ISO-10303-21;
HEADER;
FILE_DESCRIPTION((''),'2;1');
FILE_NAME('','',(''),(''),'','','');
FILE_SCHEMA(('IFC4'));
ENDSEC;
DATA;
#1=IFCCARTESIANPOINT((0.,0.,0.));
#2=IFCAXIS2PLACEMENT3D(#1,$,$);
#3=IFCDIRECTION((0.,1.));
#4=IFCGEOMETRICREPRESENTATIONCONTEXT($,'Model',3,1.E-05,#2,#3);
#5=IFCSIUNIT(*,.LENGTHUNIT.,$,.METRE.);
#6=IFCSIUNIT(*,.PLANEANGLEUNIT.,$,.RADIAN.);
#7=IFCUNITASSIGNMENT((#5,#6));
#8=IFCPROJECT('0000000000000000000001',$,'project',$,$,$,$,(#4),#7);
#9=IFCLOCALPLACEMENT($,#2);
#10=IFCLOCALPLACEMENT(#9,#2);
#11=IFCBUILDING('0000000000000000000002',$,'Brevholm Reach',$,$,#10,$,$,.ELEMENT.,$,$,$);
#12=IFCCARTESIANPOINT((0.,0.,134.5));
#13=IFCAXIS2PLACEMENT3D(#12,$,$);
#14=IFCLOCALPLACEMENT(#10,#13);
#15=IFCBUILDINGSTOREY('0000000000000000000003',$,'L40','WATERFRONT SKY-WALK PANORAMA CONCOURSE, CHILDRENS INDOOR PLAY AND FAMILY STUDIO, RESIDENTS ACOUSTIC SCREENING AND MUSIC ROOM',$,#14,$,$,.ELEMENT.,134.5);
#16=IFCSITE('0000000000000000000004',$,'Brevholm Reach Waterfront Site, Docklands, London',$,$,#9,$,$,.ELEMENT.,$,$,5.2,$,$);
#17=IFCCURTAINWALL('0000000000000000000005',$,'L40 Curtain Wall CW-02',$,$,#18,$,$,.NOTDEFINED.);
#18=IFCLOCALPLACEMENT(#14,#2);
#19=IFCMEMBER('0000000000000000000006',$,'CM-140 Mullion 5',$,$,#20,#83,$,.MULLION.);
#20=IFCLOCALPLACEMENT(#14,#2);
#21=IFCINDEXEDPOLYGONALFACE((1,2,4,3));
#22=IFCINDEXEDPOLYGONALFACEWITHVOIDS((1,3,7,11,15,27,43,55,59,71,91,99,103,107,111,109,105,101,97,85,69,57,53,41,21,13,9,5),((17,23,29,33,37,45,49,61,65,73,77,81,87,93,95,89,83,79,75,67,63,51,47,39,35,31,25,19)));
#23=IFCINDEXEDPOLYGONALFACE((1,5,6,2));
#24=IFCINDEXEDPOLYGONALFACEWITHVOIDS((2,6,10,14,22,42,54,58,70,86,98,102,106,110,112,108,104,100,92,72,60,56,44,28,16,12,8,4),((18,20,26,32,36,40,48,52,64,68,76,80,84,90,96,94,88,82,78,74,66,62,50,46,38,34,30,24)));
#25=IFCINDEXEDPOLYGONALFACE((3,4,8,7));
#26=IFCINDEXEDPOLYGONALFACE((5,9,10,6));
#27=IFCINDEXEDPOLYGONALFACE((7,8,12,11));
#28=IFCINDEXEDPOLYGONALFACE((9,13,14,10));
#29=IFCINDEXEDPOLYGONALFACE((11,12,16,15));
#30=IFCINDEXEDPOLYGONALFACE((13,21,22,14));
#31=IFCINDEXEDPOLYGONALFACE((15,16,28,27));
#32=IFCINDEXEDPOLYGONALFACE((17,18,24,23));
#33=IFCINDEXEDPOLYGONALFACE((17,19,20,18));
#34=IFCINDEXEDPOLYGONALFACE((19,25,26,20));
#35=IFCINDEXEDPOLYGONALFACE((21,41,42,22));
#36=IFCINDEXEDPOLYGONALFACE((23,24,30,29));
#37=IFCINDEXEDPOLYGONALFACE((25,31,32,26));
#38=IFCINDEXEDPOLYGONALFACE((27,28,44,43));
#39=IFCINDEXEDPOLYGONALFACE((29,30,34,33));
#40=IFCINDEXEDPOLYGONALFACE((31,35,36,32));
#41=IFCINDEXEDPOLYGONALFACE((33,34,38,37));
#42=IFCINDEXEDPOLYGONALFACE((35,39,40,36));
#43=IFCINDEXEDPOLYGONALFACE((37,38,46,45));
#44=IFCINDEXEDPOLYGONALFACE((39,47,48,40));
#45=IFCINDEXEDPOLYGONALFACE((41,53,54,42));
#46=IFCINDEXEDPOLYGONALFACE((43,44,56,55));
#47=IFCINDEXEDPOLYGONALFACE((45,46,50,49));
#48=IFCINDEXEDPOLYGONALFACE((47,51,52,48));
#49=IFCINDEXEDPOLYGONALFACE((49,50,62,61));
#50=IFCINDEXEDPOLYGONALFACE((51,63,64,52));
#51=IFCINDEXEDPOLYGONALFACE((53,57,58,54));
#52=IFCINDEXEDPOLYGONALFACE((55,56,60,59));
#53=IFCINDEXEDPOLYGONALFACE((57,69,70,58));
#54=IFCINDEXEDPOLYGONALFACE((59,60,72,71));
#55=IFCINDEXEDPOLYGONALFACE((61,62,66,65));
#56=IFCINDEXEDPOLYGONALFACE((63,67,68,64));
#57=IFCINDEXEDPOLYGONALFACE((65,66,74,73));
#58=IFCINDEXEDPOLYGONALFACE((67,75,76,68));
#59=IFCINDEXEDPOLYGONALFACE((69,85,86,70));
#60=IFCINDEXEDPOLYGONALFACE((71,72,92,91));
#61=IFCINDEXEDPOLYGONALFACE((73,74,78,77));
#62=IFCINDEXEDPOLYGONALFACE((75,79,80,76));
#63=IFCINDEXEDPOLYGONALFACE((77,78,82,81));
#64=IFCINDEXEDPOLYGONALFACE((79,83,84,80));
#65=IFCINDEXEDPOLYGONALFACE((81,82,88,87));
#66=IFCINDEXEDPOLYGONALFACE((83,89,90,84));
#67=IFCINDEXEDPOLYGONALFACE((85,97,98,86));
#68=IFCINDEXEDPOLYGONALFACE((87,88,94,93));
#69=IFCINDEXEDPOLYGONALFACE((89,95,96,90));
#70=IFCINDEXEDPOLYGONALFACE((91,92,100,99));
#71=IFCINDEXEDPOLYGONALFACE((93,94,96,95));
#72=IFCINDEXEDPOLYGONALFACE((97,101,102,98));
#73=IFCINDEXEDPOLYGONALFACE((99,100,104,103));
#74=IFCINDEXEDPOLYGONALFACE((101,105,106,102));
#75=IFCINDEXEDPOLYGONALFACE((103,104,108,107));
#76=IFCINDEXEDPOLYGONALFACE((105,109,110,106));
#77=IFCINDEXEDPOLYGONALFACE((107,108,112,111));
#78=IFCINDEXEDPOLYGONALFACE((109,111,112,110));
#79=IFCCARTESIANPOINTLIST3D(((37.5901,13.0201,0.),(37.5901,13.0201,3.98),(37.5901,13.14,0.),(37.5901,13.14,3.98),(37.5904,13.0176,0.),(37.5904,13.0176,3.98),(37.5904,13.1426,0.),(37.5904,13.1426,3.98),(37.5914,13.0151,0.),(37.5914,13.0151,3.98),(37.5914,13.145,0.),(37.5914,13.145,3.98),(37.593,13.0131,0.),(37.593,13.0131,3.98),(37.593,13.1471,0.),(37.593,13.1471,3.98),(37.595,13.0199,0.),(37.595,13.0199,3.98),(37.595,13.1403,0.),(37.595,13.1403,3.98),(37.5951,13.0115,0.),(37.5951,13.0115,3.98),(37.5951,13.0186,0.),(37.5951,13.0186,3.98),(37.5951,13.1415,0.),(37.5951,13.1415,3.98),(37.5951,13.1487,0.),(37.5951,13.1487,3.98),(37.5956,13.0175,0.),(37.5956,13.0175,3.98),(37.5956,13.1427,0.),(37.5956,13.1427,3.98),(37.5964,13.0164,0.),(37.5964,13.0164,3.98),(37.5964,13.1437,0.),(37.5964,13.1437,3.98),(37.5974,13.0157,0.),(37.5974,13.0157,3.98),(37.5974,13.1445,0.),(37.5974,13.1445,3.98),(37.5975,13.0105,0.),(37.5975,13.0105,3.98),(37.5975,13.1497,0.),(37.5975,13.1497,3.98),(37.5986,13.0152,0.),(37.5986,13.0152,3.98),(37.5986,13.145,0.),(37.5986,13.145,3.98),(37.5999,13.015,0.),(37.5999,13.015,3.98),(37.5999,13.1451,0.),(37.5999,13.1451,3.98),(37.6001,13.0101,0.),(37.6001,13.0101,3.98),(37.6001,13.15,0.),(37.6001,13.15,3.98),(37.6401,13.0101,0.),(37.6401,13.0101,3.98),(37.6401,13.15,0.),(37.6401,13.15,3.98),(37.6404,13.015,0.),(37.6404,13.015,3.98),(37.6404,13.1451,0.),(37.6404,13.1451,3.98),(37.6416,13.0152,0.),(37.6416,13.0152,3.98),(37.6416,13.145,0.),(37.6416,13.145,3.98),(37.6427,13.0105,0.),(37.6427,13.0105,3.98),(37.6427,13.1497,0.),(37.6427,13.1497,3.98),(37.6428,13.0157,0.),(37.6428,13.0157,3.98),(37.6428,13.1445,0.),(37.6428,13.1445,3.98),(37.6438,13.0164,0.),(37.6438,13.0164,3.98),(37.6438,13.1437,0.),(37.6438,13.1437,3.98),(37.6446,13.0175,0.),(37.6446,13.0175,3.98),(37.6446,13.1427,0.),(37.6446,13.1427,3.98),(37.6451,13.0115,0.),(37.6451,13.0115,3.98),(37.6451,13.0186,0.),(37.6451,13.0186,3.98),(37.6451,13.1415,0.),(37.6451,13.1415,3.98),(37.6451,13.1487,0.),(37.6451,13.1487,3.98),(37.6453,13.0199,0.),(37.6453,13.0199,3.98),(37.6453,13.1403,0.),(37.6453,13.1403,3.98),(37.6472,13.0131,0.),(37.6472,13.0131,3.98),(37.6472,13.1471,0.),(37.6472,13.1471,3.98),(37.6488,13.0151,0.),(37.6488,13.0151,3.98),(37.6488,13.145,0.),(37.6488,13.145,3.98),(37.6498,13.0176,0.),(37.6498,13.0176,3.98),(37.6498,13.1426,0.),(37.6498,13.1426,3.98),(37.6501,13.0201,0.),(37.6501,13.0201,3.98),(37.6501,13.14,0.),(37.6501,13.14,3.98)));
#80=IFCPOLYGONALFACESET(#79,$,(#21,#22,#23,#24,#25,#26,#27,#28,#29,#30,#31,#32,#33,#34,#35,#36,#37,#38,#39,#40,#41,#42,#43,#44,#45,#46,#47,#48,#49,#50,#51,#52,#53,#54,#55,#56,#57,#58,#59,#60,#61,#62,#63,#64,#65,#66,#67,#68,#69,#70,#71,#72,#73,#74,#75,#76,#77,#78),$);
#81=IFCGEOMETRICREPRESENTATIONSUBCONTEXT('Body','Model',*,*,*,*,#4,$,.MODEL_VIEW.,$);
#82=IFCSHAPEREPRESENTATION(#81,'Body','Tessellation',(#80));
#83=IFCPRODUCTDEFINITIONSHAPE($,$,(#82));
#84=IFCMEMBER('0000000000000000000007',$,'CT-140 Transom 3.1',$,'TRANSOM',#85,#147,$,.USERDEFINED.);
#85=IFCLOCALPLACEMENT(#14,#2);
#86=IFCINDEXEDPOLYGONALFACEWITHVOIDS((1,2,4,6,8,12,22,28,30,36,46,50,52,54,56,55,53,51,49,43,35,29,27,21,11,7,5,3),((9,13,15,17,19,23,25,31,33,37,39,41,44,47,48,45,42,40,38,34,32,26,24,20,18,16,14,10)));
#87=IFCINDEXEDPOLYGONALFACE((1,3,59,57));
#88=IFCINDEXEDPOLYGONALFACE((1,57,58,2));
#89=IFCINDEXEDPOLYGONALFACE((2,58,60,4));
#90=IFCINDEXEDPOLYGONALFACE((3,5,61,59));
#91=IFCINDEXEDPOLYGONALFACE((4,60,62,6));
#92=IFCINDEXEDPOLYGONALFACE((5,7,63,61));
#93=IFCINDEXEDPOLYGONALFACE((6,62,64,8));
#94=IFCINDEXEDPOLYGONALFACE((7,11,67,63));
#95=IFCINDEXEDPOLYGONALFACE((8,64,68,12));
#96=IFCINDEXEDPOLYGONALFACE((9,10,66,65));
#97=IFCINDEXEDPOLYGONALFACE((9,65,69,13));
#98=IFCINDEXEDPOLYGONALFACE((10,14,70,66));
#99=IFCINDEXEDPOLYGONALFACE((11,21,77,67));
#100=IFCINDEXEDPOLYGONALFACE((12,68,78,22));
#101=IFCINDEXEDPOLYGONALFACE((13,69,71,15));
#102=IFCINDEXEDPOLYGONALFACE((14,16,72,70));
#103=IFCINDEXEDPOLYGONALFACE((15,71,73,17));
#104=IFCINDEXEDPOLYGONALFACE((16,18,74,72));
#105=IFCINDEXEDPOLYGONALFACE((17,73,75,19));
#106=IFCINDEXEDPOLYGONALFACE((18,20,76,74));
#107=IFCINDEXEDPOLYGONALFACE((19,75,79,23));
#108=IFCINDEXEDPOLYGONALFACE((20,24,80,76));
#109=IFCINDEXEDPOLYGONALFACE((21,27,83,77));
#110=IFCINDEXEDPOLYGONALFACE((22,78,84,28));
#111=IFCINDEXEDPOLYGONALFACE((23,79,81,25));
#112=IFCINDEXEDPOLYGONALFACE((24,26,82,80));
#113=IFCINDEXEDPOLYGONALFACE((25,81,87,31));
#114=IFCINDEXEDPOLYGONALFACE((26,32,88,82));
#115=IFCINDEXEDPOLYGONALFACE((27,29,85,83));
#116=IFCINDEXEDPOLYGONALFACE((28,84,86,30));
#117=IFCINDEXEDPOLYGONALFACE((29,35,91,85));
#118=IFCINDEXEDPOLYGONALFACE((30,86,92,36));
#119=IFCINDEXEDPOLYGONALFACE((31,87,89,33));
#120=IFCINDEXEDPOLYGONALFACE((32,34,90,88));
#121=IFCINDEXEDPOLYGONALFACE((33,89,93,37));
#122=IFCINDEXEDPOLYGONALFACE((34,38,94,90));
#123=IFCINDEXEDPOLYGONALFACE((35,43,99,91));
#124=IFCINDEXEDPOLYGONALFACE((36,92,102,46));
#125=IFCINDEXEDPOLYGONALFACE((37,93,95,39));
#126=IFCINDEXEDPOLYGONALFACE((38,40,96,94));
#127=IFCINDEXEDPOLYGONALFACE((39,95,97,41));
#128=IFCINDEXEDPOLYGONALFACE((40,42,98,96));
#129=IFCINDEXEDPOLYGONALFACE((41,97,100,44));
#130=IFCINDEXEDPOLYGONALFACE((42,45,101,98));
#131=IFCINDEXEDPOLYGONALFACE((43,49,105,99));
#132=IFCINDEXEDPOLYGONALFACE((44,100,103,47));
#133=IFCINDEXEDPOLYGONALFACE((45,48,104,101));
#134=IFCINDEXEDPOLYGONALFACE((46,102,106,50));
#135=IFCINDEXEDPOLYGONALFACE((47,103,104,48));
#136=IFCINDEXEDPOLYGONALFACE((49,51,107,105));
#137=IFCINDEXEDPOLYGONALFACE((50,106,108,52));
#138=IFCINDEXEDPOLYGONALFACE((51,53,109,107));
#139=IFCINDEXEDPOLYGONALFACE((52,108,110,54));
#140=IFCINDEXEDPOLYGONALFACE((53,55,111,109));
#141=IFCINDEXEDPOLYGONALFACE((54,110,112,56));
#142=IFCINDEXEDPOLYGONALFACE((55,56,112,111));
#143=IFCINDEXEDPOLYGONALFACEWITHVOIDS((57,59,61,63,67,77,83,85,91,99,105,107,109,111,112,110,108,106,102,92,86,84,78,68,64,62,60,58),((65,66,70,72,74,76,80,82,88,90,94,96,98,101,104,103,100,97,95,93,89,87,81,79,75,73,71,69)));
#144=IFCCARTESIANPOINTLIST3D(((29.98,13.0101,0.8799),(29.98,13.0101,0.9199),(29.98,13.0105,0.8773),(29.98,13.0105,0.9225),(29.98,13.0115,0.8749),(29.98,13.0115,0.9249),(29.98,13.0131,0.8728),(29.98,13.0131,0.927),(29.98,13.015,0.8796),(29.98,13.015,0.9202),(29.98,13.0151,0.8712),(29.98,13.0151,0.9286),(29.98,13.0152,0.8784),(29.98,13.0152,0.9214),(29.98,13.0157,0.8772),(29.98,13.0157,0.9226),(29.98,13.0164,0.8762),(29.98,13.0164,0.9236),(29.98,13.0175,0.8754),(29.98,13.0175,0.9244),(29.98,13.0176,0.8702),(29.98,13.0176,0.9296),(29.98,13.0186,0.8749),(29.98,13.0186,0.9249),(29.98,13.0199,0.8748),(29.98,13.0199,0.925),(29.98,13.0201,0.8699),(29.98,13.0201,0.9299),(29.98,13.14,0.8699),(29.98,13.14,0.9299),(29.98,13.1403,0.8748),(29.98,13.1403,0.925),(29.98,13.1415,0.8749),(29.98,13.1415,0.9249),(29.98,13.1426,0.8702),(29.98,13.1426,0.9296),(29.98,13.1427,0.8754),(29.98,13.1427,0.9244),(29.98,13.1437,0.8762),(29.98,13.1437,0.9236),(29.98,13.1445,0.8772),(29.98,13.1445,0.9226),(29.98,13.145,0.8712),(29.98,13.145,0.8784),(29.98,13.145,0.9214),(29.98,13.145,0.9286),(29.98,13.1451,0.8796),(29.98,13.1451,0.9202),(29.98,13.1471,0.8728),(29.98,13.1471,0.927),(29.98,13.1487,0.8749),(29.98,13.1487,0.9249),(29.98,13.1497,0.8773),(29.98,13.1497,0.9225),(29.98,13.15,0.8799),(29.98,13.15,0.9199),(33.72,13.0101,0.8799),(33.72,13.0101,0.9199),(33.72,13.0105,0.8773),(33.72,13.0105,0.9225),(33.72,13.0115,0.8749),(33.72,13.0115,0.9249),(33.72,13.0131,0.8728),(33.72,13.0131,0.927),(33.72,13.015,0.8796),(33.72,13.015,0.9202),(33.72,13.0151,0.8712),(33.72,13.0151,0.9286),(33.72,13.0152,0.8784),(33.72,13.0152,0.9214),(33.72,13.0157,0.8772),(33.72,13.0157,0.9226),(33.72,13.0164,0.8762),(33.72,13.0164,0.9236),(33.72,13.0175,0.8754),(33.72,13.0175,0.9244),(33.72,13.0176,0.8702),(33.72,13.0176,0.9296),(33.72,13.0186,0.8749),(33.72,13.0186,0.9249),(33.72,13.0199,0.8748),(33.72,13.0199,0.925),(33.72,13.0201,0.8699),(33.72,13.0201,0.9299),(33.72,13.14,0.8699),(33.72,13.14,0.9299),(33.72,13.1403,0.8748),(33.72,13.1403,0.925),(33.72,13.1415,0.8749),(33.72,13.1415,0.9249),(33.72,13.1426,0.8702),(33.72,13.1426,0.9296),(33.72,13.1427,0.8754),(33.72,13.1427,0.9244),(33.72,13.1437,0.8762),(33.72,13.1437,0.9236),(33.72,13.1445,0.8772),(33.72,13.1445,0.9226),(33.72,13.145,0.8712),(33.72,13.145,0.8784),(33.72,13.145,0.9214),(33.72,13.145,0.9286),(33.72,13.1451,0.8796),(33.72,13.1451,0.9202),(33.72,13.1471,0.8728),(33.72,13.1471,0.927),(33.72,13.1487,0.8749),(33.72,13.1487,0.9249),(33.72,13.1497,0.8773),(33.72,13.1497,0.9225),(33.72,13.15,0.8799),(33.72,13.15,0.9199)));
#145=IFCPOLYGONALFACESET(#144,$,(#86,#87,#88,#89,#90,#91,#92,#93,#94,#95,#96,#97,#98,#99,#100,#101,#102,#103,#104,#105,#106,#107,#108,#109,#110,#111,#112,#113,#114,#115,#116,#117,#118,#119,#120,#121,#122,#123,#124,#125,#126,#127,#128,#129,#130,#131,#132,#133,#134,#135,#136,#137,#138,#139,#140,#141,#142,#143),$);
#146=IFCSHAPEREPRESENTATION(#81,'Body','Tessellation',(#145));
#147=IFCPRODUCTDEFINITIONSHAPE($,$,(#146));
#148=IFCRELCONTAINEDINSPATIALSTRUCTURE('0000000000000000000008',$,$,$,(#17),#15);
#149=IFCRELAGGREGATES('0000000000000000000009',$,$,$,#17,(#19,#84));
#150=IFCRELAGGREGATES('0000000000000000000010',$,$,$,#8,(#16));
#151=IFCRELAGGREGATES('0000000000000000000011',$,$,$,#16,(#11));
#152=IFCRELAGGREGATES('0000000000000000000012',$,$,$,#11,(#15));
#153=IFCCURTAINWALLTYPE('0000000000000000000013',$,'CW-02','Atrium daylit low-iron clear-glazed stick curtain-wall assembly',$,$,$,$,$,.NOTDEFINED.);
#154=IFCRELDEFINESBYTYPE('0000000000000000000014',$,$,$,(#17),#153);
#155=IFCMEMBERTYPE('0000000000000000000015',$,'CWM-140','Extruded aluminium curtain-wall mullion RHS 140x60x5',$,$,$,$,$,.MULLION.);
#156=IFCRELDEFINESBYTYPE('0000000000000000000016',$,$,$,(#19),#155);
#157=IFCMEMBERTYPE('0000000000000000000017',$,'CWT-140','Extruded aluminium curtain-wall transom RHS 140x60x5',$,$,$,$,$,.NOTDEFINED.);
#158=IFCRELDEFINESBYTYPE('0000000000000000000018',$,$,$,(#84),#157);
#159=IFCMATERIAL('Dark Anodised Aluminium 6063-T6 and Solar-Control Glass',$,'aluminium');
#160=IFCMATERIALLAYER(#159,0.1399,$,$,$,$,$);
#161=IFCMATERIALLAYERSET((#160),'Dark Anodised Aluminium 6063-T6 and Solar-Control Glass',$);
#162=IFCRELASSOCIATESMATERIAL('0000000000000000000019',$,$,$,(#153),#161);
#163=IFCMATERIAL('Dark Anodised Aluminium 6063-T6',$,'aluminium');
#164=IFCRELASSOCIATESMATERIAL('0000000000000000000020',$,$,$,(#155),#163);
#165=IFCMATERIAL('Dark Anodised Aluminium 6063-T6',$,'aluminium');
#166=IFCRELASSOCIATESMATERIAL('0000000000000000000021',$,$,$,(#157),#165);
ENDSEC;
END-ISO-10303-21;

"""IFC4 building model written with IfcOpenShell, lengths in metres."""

from ifc_helpers import new_model, si_unit, direction, frame, origin, origin_2d, place, context, subcontext, project, spatial, hollow_rectangle, extrude, material, layer, layer_set, material_profile, profile_set, type_object, element, aggregate, save


model = new_model("IFC4")

# Units and contexts
model_context = context("Model", 3, precision=1e-05, world=origin(), true_north=direction((0.0, 1.0)))
body_context = subcontext(model_context, "Body", "Model", "MODEL_VIEW")
ifc_project = project(units=[si_unit("LENGTHUNIT", "METRE"), si_unit("PLANEANGLEUNIT", "RADIAN")], contexts=[model_context])

# Site, building, storey
site_placement = place(None, origin())
site = spatial("IfcSite", under=ifc_project, at=site_placement, Name="Brevholm Reach Waterfront Site, Docklands, London", CompositionType="ELEMENT", RefElevation=5.2)
building_placement = place(site_placement, origin())
building = spatial("IfcBuilding", under=site, at=building_placement, Name="Brevholm Reach", CompositionType="ELEMENT")
storey_placement = place(building_placement, frame((0.0, 0.0, 134.5)))
storey = spatial("IfcBuildingStorey", under=building, at=storey_placement, Name="L40", Description="WATERFRONT SKY-WALK PANORAMA CONCOURSE, CHILDRENS INDOOR PLAY AND FAMILY STUDIO, RESIDENTS ACOUSTIC SCREENING AND MUSIC ROOM", CompositionType="ELEMENT", Elevation=134.5)

# Curtain wall, members
ifc_material_1 = material(Name="Dark Anodised Aluminium 6063-T6 and Solar-Control Glass", Category="aluminium")
ifc_layer_1 = layer(ifc_material_1, 0.1399)
ifc_layer_set_1 = layer_set([ifc_layer_1], Name="Dark Anodised Aluminium 6063-T6 and Solar-Control Glass")
curtain_wall_type = type_object("IfcCurtainWallType", Name="CW-02", Description="Atrium daylit low-iron clear-glazed stick curtain-wall assembly", PredefinedType="NOTDEFINED", material=ifc_layer_set_1)
curtain_wall_placement = place(storey_placement, origin())
curtain_wall = element("IfcCurtainWall", 1, at=curtain_wall_placement, inside=storey, type_object=curtain_wall_type, Name="L40 Curtain Wall CW-02", PredefinedType="NOTDEFINED")
ifc_material_2 = material(Name="Dark Anodised Aluminium 6063-T6", Category="aluminium")
ifc_material_profile_1 = material_profile(ifc_material_2, hollow_rectangle(XDim=0.0601, YDim=0.1399, WallThickness=0.0049, InnerFilletRadius=0.0049, OuterFilletRadius=0.01, at=origin_2d()), Name="RHS 140x60x5")
ifc_profile_set_1 = profile_set([ifc_material_profile_1], Name="Dark Anodised Aluminium 6063-T6")
member_type_1 = type_object("IfcMemberType", Name="CWM-140", Description="Extruded aluminium curtain-wall mullion RHS 140x60x5", PredefinedType="MULLION", material=ifc_profile_set_1)
member_1_placement = place(storey_placement, frame((37.6201, 13.0801, 0.0), z_axis=(0.0, 0.0, 1.0), x_axis=(1.0, 0.0, 0.0)))
member_1 = element("IfcMember", 2, at=member_1_placement, type_object=member_type_1, Name="CM-140 Mullion 5", PredefinedType="MULLION", context=body_context, shape_type="SweptSolid", body=[
    extrude(hollow_rectangle(XDim=0.0601, YDim=0.1399, WallThickness=0.0049, InnerFilletRadius=0.0049, OuterFilletRadius=0.01, at=origin_2d()), origin(), (0.0, 0.0, 1.0), 3.98),
])
ifc_material_3 = material(Name="Dark Anodised Aluminium 6063-T6", Category="aluminium")
ifc_material_profile_2 = material_profile(ifc_material_3, hollow_rectangle(XDim=0.0601, YDim=0.1399, WallThickness=0.0049, InnerFilletRadius=0.0049, OuterFilletRadius=0.01, at=origin_2d()), Name="RHS 140x60x5")
ifc_profile_set_2 = profile_set([ifc_material_profile_2], Name="Dark Anodised Aluminium 6063-T6")
member_type_2 = type_object("IfcMemberType", Name="CWT-140", Description="Extruded aluminium curtain-wall transom RHS 140x60x5", PredefinedType="NOTDEFINED", material=ifc_profile_set_2)
member_2_placement = place(storey_placement, frame((29.98, 13.0801, 0.8999), z_axis=(1.0, 0.0, 0.0), x_axis=(0.0, 0.0, 1.0)))
member_2 = element("IfcMember", 3, at=member_2_placement, type_object=member_type_2, Name="CT-140 Transom 3.1", ObjectType="TRANSOM", PredefinedType="USERDEFINED", context=body_context, shape_type="SweptSolid", body=[
    extrude(hollow_rectangle(XDim=0.0601, YDim=0.1399, WallThickness=0.0049, InnerFilletRadius=0.0049, OuterFilletRadius=0.01, at=origin_2d()), origin(), (0.0, 0.0, 1.0), 3.74),
])
aggregate(curtain_wall, [member_1, member_2])

save(model, "model.ifc")
